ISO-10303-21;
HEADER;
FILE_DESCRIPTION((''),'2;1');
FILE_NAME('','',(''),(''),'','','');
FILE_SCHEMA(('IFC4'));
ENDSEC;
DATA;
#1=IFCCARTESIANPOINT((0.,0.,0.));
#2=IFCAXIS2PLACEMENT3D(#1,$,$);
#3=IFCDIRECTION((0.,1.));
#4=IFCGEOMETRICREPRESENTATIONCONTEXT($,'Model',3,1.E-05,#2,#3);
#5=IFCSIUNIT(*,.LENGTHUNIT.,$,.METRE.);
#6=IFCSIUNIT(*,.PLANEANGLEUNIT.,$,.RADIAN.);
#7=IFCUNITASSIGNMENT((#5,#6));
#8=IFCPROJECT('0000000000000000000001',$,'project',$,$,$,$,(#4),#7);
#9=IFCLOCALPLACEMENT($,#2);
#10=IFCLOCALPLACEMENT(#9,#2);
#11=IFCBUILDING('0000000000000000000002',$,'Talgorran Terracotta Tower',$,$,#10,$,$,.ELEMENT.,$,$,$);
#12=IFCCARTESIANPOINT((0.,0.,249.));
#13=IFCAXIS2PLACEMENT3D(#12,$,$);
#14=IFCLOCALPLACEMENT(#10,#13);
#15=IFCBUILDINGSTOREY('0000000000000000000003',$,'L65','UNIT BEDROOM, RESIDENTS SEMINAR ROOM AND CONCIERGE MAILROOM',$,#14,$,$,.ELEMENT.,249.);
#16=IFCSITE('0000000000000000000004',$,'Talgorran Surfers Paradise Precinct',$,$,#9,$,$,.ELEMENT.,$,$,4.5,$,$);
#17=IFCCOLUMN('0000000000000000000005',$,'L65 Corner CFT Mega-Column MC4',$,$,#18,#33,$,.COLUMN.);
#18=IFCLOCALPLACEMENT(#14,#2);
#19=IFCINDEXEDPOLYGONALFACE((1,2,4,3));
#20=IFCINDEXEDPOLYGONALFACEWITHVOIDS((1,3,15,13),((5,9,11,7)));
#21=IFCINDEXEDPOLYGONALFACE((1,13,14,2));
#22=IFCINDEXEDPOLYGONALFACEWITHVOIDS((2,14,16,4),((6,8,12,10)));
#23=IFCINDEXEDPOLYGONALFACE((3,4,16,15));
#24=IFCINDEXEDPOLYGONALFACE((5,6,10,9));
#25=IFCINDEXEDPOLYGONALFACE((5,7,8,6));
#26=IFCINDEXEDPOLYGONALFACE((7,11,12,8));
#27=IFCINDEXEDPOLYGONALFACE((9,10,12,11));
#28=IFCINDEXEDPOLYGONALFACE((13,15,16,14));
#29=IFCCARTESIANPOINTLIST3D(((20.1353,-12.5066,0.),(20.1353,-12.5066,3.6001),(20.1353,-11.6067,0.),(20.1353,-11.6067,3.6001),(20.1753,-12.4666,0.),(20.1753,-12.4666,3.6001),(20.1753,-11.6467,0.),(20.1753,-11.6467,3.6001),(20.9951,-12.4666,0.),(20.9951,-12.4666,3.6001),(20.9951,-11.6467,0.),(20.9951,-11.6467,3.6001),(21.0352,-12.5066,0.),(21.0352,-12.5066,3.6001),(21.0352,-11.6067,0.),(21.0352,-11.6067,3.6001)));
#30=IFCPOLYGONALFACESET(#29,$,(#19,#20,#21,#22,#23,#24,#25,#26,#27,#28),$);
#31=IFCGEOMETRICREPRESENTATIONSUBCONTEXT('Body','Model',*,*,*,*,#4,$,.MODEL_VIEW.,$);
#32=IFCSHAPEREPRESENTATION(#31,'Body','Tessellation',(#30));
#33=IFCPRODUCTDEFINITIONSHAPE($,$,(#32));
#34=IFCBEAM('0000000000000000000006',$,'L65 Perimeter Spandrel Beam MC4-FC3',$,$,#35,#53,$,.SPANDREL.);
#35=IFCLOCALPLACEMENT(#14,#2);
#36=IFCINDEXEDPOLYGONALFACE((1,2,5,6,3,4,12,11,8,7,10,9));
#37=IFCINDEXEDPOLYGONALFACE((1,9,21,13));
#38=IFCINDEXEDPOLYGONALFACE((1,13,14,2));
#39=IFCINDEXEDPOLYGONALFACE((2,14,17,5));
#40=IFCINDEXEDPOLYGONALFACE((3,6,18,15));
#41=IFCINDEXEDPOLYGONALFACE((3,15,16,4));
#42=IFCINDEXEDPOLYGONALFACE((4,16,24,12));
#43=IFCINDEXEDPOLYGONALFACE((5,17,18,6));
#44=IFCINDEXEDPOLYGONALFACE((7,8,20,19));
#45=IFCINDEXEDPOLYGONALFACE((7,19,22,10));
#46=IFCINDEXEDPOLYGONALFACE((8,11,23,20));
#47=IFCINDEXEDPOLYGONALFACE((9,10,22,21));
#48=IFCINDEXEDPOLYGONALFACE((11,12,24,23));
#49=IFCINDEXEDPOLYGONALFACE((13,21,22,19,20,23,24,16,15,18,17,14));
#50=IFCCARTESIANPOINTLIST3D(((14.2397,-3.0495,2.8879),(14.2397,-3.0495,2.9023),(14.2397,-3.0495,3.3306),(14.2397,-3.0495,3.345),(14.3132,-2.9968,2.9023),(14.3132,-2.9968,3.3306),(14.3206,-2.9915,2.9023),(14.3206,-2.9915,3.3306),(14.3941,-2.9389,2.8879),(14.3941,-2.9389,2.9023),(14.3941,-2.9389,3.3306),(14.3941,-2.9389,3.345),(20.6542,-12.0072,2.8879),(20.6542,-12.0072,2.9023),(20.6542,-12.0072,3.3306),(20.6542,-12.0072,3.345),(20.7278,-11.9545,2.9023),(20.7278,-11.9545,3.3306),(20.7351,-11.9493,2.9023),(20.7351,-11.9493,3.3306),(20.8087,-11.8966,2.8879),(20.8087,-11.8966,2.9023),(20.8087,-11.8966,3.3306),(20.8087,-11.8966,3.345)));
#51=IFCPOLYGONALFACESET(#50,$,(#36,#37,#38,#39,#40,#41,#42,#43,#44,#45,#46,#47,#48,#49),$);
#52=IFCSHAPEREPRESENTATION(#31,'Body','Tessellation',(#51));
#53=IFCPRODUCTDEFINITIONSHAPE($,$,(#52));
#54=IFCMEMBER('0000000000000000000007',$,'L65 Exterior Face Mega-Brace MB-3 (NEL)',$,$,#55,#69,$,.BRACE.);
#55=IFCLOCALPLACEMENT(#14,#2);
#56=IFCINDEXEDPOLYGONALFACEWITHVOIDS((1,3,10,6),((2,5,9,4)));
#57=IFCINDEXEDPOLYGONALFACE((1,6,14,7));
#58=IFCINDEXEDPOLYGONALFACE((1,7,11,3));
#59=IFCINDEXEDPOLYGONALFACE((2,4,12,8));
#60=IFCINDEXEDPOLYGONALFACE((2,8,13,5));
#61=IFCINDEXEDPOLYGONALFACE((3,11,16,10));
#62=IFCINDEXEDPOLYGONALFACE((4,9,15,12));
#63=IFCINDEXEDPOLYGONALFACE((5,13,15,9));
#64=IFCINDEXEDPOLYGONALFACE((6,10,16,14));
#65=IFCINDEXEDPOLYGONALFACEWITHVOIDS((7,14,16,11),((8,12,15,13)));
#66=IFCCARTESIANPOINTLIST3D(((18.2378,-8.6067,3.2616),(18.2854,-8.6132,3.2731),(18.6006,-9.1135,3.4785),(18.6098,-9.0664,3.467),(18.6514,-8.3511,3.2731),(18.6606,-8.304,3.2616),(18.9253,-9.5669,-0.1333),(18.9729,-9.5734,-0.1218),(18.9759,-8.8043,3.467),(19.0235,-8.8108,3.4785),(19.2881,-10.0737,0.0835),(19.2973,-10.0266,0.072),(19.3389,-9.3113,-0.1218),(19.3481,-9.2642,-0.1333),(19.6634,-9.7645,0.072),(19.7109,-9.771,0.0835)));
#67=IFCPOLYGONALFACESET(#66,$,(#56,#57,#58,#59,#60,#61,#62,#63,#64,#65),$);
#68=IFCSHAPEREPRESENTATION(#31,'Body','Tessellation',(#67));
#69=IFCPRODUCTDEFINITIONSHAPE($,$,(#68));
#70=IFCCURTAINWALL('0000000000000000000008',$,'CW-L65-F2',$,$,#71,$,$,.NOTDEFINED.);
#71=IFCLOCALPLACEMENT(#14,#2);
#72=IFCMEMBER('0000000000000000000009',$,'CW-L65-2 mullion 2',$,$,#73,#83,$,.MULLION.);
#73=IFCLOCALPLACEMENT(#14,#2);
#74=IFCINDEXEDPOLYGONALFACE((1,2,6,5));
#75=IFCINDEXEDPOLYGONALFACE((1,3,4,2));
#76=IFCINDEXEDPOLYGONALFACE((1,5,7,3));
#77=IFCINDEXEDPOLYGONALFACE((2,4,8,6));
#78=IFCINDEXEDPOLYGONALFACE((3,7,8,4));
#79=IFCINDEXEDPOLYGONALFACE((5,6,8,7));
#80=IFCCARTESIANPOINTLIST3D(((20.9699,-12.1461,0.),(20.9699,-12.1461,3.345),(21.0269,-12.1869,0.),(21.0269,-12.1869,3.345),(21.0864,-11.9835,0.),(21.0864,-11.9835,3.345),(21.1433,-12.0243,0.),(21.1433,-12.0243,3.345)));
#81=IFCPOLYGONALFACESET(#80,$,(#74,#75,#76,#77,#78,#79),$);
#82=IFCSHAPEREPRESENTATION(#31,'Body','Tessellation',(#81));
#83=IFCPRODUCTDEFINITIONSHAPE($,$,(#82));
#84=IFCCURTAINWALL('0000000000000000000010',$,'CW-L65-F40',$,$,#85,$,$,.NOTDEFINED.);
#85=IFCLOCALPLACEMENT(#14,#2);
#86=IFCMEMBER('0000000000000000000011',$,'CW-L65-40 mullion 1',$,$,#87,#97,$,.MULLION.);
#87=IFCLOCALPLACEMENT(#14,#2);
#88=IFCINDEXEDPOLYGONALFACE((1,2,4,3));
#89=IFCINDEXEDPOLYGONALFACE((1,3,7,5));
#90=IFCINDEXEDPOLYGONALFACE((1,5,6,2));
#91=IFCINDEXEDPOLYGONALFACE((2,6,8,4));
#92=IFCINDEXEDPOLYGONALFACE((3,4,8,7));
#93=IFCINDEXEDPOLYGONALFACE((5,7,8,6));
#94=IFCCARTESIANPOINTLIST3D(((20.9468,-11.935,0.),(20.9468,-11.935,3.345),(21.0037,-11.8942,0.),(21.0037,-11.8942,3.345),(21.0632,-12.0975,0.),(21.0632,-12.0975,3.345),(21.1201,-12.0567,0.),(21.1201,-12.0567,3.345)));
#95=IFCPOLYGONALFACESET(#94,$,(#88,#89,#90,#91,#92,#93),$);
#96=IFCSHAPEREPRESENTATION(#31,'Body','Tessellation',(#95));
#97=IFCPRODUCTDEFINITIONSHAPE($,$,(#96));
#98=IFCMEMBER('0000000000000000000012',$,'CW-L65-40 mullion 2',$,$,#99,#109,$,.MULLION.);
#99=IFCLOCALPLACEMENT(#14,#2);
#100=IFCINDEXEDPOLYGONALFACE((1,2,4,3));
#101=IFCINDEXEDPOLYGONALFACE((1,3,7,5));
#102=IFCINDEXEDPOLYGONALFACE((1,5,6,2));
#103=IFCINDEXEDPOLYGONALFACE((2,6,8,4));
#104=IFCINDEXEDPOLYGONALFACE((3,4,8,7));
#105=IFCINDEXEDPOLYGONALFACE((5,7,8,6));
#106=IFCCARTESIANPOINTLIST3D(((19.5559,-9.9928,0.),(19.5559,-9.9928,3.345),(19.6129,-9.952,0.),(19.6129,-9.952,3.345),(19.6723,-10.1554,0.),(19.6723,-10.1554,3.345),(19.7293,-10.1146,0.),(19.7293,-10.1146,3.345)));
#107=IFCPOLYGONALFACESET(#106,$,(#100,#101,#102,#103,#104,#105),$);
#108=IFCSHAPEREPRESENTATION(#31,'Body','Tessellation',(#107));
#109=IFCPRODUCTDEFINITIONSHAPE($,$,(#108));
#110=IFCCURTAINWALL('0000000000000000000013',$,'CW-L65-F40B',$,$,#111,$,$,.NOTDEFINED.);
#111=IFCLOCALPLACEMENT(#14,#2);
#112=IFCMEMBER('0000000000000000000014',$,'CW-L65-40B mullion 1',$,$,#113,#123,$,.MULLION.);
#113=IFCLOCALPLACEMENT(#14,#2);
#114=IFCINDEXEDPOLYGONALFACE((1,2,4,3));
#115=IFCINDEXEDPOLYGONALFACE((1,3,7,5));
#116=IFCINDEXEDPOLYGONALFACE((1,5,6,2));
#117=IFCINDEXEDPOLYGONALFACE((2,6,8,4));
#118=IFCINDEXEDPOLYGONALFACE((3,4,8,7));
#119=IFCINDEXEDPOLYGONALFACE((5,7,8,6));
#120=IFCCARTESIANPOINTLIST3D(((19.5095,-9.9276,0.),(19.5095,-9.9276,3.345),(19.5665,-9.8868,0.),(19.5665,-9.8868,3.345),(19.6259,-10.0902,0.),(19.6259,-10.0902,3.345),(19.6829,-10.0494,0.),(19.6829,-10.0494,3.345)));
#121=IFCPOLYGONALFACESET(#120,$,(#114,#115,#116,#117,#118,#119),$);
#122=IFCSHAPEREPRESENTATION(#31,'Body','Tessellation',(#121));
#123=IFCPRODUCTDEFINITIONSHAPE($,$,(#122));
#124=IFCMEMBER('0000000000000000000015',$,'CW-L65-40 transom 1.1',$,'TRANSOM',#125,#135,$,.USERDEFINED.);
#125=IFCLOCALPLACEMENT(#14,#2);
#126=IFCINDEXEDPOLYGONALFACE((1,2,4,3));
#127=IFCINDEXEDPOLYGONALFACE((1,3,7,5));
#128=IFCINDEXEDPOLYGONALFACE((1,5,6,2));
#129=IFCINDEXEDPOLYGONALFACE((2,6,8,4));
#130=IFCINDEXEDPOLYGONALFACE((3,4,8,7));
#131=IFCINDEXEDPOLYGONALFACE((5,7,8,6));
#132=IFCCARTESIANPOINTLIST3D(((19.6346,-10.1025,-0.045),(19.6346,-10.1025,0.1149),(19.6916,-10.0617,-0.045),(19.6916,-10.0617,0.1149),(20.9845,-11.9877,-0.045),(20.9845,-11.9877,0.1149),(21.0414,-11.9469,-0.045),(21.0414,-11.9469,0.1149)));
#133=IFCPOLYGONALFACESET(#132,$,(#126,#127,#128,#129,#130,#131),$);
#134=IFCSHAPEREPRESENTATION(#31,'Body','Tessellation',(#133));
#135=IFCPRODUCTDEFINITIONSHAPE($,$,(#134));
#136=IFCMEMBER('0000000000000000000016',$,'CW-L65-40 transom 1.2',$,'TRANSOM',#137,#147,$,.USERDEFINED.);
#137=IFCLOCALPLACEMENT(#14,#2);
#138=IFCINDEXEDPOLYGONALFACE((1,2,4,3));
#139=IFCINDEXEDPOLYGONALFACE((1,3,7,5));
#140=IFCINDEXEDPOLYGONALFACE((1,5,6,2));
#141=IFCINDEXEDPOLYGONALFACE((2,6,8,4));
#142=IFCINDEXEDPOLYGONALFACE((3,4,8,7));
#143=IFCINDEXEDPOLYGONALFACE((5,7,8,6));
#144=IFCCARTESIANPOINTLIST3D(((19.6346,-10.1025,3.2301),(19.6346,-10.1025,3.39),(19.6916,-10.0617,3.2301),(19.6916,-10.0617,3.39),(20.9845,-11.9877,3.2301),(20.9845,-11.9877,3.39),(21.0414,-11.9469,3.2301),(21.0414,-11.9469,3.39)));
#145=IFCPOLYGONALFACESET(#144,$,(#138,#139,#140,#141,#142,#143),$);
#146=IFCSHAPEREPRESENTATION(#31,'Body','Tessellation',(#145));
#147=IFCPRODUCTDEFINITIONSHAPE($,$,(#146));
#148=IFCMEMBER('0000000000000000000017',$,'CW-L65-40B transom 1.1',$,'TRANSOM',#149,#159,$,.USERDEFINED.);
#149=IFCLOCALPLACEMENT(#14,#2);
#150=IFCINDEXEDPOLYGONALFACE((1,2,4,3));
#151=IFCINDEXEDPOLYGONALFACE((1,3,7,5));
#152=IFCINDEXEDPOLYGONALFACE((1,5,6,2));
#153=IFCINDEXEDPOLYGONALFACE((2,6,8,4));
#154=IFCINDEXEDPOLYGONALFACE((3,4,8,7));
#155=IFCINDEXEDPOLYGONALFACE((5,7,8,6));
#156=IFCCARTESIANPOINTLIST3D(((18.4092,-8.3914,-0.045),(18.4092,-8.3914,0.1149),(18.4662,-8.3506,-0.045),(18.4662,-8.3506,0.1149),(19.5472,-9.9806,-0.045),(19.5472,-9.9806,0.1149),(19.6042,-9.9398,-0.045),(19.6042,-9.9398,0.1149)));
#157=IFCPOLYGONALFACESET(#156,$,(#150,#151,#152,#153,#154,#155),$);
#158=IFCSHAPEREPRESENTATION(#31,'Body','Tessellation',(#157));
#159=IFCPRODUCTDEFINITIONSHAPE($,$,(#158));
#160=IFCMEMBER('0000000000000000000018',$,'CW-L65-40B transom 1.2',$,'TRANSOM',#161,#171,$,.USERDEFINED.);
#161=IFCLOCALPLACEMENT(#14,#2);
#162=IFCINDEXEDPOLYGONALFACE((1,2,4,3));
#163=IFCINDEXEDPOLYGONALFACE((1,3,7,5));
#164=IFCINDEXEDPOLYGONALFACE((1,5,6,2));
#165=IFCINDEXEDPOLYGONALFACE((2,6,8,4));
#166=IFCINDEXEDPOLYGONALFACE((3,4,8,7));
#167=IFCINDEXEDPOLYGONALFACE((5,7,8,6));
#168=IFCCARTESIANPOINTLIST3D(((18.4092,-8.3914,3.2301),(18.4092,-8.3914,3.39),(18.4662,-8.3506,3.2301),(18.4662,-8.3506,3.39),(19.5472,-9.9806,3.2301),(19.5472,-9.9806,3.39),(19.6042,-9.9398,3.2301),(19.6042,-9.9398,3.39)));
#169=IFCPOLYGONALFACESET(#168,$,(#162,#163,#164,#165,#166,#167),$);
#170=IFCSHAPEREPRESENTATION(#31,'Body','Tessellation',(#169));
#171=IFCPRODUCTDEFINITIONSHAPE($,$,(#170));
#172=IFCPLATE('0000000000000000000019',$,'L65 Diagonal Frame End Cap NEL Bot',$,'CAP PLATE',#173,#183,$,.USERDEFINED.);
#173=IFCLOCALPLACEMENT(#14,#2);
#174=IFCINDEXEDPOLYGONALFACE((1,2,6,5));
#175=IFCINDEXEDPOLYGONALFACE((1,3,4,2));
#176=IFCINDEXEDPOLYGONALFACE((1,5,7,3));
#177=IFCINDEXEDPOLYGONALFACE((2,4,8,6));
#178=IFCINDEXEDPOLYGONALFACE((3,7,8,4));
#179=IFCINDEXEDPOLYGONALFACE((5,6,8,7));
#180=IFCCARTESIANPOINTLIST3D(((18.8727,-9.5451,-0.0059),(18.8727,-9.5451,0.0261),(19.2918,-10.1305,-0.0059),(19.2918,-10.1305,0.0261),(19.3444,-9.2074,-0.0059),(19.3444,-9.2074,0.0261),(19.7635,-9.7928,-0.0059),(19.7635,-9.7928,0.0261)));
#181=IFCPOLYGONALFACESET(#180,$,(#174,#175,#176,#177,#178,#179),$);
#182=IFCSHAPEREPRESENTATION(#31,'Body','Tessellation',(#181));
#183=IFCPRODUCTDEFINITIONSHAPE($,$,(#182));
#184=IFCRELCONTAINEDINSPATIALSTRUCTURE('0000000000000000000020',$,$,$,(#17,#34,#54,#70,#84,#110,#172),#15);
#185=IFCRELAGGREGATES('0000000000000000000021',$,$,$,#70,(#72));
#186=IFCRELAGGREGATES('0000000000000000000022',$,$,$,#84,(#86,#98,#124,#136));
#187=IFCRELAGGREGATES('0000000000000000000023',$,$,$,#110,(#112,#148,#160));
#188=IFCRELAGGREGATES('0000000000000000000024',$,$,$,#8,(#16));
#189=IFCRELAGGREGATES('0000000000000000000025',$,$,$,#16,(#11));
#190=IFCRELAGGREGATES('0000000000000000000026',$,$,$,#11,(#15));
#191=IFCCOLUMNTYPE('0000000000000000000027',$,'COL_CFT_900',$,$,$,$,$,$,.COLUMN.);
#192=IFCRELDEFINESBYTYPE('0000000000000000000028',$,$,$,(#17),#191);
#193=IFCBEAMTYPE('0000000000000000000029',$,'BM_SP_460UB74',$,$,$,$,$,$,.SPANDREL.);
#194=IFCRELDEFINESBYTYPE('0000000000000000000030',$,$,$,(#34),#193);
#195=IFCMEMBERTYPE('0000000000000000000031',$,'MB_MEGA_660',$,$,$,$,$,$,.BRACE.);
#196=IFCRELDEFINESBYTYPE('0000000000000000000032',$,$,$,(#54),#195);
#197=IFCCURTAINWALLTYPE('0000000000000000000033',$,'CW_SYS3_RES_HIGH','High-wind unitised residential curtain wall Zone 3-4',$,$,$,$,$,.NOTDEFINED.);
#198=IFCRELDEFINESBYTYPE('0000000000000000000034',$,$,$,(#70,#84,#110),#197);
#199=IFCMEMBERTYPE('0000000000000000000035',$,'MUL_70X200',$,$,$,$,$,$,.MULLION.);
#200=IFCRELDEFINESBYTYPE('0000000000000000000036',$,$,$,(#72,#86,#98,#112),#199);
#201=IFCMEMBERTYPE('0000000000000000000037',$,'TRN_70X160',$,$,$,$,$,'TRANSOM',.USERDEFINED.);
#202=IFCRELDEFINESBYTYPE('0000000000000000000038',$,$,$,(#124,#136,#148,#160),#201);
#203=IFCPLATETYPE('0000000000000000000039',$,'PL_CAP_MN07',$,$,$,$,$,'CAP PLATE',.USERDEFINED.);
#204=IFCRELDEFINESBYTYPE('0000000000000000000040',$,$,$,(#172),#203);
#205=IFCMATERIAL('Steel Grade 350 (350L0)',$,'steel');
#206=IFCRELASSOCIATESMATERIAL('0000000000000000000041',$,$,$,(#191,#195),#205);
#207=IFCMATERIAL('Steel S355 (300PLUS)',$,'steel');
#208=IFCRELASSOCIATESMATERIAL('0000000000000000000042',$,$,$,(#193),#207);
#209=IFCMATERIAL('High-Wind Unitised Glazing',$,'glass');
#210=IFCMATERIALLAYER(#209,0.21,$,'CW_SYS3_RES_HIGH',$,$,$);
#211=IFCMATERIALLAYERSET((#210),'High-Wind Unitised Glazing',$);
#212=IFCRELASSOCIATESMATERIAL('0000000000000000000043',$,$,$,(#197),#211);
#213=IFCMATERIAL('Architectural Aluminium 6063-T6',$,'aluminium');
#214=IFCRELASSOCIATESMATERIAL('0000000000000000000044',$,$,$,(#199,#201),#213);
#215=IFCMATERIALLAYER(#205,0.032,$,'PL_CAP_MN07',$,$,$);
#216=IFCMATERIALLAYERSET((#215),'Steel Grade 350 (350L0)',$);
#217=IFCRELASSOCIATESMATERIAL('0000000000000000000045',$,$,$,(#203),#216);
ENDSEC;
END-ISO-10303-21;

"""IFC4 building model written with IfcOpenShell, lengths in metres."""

from ifc_helpers import new_model, si_unit, direction, frame, origin, origin_2d, place, context, subcontext, project, spatial, rectangle, hollow_rectangle, i_section, extrude, material, layer, layer_set, material_profile, profile_set, type_object, element, aggregate, save


model = new_model("IFC4")

# Units and contexts
model_context = context("Model", 3, precision=1e-05, world=origin(), true_north=direction((0.0, 1.0)))
body_context = subcontext(model_context, "Body", "Model", "MODEL_VIEW")
ifc_project = project(units=[si_unit("LENGTHUNIT", "METRE"), si_unit("PLANEANGLEUNIT", "RADIAN")], contexts=[model_context])

# Site, building, storey
site_placement = place(None, origin())
site = spatial("IfcSite", under=ifc_project, at=site_placement, Name="Talgorran Surfers Paradise Precinct", CompositionType="ELEMENT", RefElevation=4.5)
building_placement = place(site_placement, origin())
building = spatial("IfcBuilding", under=site, at=building_placement, Name="Talgorran Terracotta Tower", CompositionType="ELEMENT")
storey_placement = place(building_placement, frame((0.0, 0.0, 249.0)))
storey = spatial("IfcBuildingStorey", under=building, at=storey_placement, Name="L65", Description="UNIT BEDROOM, RESIDENTS SEMINAR ROOM AND CONCIERGE MAILROOM", CompositionType="ELEMENT", Elevation=249.0)

# Column
ifc_material_1 = material(Name="Steel Grade 350 (350L0)", Category="steel")
ifc_material_profile_1 = material_profile(ifc_material_1, hollow_rectangle(XDim=0.8999, YDim=0.8999, WallThickness=0.04, at=origin_2d()), Name="CFT900X900X40")
ifc_profile_set_1 = profile_set([ifc_material_profile_1], Name="Steel Grade 350 (350L0)")
column_type = type_object("IfcColumnType", Name="COL_CFT_900", PredefinedType="COLUMN", material=ifc_profile_set_1)
column_placement = place(storey_placement, frame((20.5852, -12.0566, 0.0), z_axis=(0.0, 0.0, 1.0), x_axis=(1.0, 0.0, 0.0)))
element("IfcColumn", 1, at=column_placement, inside=storey, type_object=column_type, Name="L65 Corner CFT Mega-Column MC4", PredefinedType="COLUMN", context=body_context, shape_type="SweptSolid", body=[
    extrude(hollow_rectangle(XDim=0.8999, YDim=0.8999, WallThickness=0.04, at=origin_2d()), origin(), (0.0, 0.0, 1.0), 3.6001),
])

# Beam
ifc_material_2 = material(Name="Steel S355 (300PLUS)", Category="steel")
ifc_material_profile_2 = material_profile(ifc_material_2, i_section(OverallWidth=0.1899, OverallDepth=0.457, WebThickness=0.009, FlangeThickness=0.0144, at=origin_2d()), Name="460UB74.6")
ifc_profile_set_2 = profile_set([ifc_material_profile_2], Name="Steel S355 (300PLUS)")
beam_type = type_object("IfcBeamType", Name="BM_SP_460UB74", PredefinedType="SPANDREL", material=ifc_profile_set_2)
beam_placement = place(storey_placement, frame((20.7314, -11.9519, 3.1165), z_axis=(-0.582208, 0.81304, 0.0), x_axis=(-0.81304, -0.582208, 0.0)))
element("IfcBeam", 2, at=beam_placement, inside=storey, type_object=beam_type, Name="L65 Perimeter Spandrel Beam MC4-FC3", PredefinedType="SPANDREL", context=body_context, shape_type="SweptSolid", body=[
    extrude(i_section(OverallWidth=0.1899, OverallDepth=0.457, WebThickness=0.009, FlangeThickness=0.0144, at=origin_2d()), origin(), (0.0, 0.0, 1.0), 11.0176),
])

# Member
ifc_material_profile_3 = material_profile(ifc_material_1, hollow_rectangle(XDim=0.52, YDim=0.6599, WallThickness=0.0349, at=origin_2d()), Name="WBOX660X520X35")
ifc_profile_set_3 = profile_set([ifc_material_profile_3], Name="Steel Grade 350 (350L0)")
member_type_1 = type_object("IfcMemberType", Name="MB_MEGA_660", PredefinedType="BRACE", material=ifc_profile_set_3)
member_1_placement = place(storey_placement, frame((19.3181, -9.6689, -0.0249), z_axis=(-0.191262, 0.267128, 0.94449), x_axis=(-0.813076, -0.582157, 0.0)))
element("IfcMember", 3, at=member_1_placement, inside=storey, type_object=member_type_1, Name="L65 Exterior Face Mega-Brace MB-3 (NEL)", PredefinedType="BRACE", context=body_context, shape_type="SweptSolid", body=[
    extrude(hollow_rectangle(XDim=0.52, YDim=0.6599, WallThickness=0.0349, at=origin_2d()), origin(), (0.0, 0.0, 1.0), 3.5945),
])

# Curtain wall, member
ifc_material_3 = material(Name="High-Wind Unitised Glazing", Category="glass")
ifc_layer_1 = layer(ifc_material_3, 0.21, Name="CW_SYS3_RES_HIGH")
ifc_layer_set_1 = layer_set([ifc_layer_1], Name="High-Wind Unitised Glazing")
curtain_wall_type = type_object("IfcCurtainWallType", Name="CW_SYS3_RES_HIGH", Description="High-wind unitised residential curtain wall Zone 3-4", PredefinedType="NOTDEFINED", material=ifc_layer_set_1)
curtain_wall_1_placement = place(storey_placement, origin())
curtain_wall_1 = element("IfcCurtainWall", 4, at=curtain_wall_1_placement, inside=storey, type_object=curtain_wall_type, Name="CW-L65-F2", PredefinedType="NOTDEFINED")
ifc_material_4 = material(Name="Architectural Aluminium 6063-T6", Category="aluminium")
ifc_material_profile_4 = material_profile(ifc_material_4, rectangle(XDim=0.0701, YDim=0.2, at=origin_2d()), Name="CWM70X200")
ifc_profile_set_4 = profile_set([ifc_material_profile_4], Name="Architectural Aluminium 6063-T6")
member_type_2 = type_object("IfcMemberType", Name="MUL_70X200", PredefinedType="MULLION", material=ifc_profile_set_4)
member_2_placement = place(storey_placement, frame((21.0566, -12.0852, 0.0), z_axis=(0.0, 0.0, 1.0), x_axis=(-0.813031, 0.58222, 0.0)))
member_2 = element("IfcMember", 5, at=member_2_placement, type_object=member_type_2, Name="CW-L65-2 mullion 2", PredefinedType="MULLION", context=body_context, shape_type="SweptSolid", body=[
    extrude(rectangle(XDim=0.0701, YDim=0.2, at=origin_2d()), origin(), (0.0, 0.0, 1.0), 3.345),
])

# Curtain wall, members
curtain_wall_2_placement = place(storey_placement, origin())
curtain_wall_2 = element("IfcCurtainWall", 6, at=curtain_wall_2_placement, inside=storey, type_object=curtain_wall_type, Name="CW-L65-F40", PredefinedType="NOTDEFINED")
member_3_placement = place(storey_placement, frame((21.0334, -11.9958, 0.0), z_axis=(0.0, 0.0, 1.0), x_axis=(-0.813032, -0.582219, 0.0)))
member_3 = element("IfcMember", 7, at=member_3_placement, type_object=member_type_2, Name="CW-L65-40 mullion 1", PredefinedType="MULLION", context=body_context, shape_type="SweptSolid", body=[
    extrude(rectangle(XDim=0.0701, YDim=0.2, at=origin_2d()), origin(), (0.0, 0.0, 1.0), 3.345),
])
member_4_placement = place(storey_placement, frame((19.6426, -10.0537, 0.0), z_axis=(0.0, 0.0, 1.0), x_axis=(-0.813032, -0.582219, 0.0)))
member_4 = element("IfcMember", 8, at=member_4_placement, type_object=member_type_2, Name="CW-L65-40 mullion 2", PredefinedType="MULLION", context=body_context, shape_type="SweptSolid", body=[
    extrude(rectangle(XDim=0.0701, YDim=0.2, at=origin_2d()), origin(), (0.0, 0.0, 1.0), 3.345),
])

# Curtain wall, member
curtain_wall_3_placement = place(storey_placement, origin())
curtain_wall_3 = element("IfcCurtainWall", 9, at=curtain_wall_3_placement, inside=storey, type_object=curtain_wall_type, Name="CW-L65-F40B", PredefinedType="NOTDEFINED")
member_5_placement = place(storey_placement, frame((19.5962, -9.9885, 0.0), z_axis=(0.0, 0.0, 1.0), x_axis=(-0.813046, -0.5822, 0.0)))
member_5 = element("IfcMember", 10, at=member_5_placement, type_object=member_type_2, Name="CW-L65-40B mullion 1", PredefinedType="MULLION", context=body_context, shape_type="SweptSolid", body=[
    extrude(rectangle(XDim=0.0701, YDim=0.2, at=origin_2d()), origin(), (0.0, 0.0, 1.0), 3.345),
])

# Members
ifc_material_profile_5 = material_profile(ifc_material_4, rectangle(XDim=0.0701, YDim=0.1599, at=origin_2d()), Name="CWT70X160")
ifc_profile_set_5 = profile_set([ifc_material_profile_5], Name="Architectural Aluminium 6063-T6")
member_type_3 = type_object("IfcMemberType", Name="TRN_70X160", ElementType="TRANSOM", PredefinedType="USERDEFINED", material=ifc_profile_set_5)
member_6_placement = place(storey_placement, frame((21.0129, -11.9673, 0.0349), z_axis=(-0.582164, 0.813071, 0.0), x_axis=(-0.813071, -0.582164, 0.0)))
member_6 = element("IfcMember", 11, at=member_6_placement, type_object=member_type_3, Name="CW-L65-40 transom 1.1", ObjectType="TRANSOM", PredefinedType="USERDEFINED", context=body_context, shape_type="SweptSolid", body=[
    extrude(rectangle(XDim=0.0701, YDim=0.1599, at=origin_2d()), origin(), (0.0, 0.0, 1.0), 2.3186),
])
member_7_placement = place(storey_placement, frame((21.0129, -11.9673, 3.3101), z_axis=(-0.582164, 0.813071, 0.0), x_axis=(-0.813071, -0.582164, 0.0)))
member_7 = element("IfcMember", 12, at=member_7_placement, type_object=member_type_3, Name="CW-L65-40 transom 1.2", ObjectType="TRANSOM", PredefinedType="USERDEFINED", context=body_context, shape_type="SweptSolid", body=[
    extrude(rectangle(XDim=0.0701, YDim=0.1599, at=origin_2d()), origin(), (0.0, 0.0, 1.0), 2.3186),
])
member_8_placement = place(storey_placement, frame((19.5757, -9.9602, 0.0349), z_axis=(-0.582207, 0.813041, 0.0), x_axis=(-0.813041, -0.582207, 0.0)))
member_8 = element("IfcMember", 13, at=member_8_placement, type_object=member_type_3, Name="CW-L65-40B transom 1.1", ObjectType="TRANSOM", PredefinedType="USERDEFINED", context=body_context, shape_type="SweptSolid", body=[
    extrude(rectangle(XDim=0.0701, YDim=0.1599, at=origin_2d()), origin(), (0.0, 0.0, 1.0), 1.9546),
])
member_9_placement = place(storey_placement, frame((19.5757, -9.9602, 3.3101), z_axis=(-0.582207, 0.813041, 0.0), x_axis=(-0.813041, -0.582207, 0.0)))
member_9 = element("IfcMember", 14, at=member_9_placement, type_object=member_type_3, Name="CW-L65-40B transom 1.2", ObjectType="TRANSOM", PredefinedType="USERDEFINED", context=body_context, shape_type="SweptSolid", body=[
    extrude(rectangle(XDim=0.0701, YDim=0.1599, at=origin_2d()), origin(), (0.0, 0.0, 1.0), 1.9546),
])

# Plate
ifc_layer_2 = layer(ifc_material_1, 0.032, Name="PL_CAP_MN07")
ifc_layer_set_2 = layer_set([ifc_layer_2], Name="Steel Grade 350 (350L0)")
plate_type_1 = type_object("IfcPlateType", Name="PL_CAP_MN07", ElementType="CAP PLATE", PredefinedType="USERDEFINED", material=ifc_layer_set_2)
plate_1_placement = place(storey_placement, frame((19.3181, -9.6689, -0.0059), z_axis=(0.0, 0.0, 1.0), x_axis=(-0.582123, 0.813101, 0.0)))
element("IfcPlate", 15, at=plate_1_placement, inside=storey, type_object=plate_type_1, Name="L65 Diagonal Frame End Cap NEL Bot", ObjectType="CAP PLATE", PredefinedType="USERDEFINED", context=body_context, shape_type="SweptSolid", body=[
    extrude(rectangle(XDim=0.72, YDim=0.5801, at=origin_2d()), origin(), (0.0, 0.0, 1.0), 0.032),
])
aggregate(curtain_wall_1, [member_2])
aggregate(curtain_wall_2, [member_3, member_4, member_6, member_7])
aggregate(curtain_wall_3, [member_5, member_8, member_9])

save(model, "model.ifc")
